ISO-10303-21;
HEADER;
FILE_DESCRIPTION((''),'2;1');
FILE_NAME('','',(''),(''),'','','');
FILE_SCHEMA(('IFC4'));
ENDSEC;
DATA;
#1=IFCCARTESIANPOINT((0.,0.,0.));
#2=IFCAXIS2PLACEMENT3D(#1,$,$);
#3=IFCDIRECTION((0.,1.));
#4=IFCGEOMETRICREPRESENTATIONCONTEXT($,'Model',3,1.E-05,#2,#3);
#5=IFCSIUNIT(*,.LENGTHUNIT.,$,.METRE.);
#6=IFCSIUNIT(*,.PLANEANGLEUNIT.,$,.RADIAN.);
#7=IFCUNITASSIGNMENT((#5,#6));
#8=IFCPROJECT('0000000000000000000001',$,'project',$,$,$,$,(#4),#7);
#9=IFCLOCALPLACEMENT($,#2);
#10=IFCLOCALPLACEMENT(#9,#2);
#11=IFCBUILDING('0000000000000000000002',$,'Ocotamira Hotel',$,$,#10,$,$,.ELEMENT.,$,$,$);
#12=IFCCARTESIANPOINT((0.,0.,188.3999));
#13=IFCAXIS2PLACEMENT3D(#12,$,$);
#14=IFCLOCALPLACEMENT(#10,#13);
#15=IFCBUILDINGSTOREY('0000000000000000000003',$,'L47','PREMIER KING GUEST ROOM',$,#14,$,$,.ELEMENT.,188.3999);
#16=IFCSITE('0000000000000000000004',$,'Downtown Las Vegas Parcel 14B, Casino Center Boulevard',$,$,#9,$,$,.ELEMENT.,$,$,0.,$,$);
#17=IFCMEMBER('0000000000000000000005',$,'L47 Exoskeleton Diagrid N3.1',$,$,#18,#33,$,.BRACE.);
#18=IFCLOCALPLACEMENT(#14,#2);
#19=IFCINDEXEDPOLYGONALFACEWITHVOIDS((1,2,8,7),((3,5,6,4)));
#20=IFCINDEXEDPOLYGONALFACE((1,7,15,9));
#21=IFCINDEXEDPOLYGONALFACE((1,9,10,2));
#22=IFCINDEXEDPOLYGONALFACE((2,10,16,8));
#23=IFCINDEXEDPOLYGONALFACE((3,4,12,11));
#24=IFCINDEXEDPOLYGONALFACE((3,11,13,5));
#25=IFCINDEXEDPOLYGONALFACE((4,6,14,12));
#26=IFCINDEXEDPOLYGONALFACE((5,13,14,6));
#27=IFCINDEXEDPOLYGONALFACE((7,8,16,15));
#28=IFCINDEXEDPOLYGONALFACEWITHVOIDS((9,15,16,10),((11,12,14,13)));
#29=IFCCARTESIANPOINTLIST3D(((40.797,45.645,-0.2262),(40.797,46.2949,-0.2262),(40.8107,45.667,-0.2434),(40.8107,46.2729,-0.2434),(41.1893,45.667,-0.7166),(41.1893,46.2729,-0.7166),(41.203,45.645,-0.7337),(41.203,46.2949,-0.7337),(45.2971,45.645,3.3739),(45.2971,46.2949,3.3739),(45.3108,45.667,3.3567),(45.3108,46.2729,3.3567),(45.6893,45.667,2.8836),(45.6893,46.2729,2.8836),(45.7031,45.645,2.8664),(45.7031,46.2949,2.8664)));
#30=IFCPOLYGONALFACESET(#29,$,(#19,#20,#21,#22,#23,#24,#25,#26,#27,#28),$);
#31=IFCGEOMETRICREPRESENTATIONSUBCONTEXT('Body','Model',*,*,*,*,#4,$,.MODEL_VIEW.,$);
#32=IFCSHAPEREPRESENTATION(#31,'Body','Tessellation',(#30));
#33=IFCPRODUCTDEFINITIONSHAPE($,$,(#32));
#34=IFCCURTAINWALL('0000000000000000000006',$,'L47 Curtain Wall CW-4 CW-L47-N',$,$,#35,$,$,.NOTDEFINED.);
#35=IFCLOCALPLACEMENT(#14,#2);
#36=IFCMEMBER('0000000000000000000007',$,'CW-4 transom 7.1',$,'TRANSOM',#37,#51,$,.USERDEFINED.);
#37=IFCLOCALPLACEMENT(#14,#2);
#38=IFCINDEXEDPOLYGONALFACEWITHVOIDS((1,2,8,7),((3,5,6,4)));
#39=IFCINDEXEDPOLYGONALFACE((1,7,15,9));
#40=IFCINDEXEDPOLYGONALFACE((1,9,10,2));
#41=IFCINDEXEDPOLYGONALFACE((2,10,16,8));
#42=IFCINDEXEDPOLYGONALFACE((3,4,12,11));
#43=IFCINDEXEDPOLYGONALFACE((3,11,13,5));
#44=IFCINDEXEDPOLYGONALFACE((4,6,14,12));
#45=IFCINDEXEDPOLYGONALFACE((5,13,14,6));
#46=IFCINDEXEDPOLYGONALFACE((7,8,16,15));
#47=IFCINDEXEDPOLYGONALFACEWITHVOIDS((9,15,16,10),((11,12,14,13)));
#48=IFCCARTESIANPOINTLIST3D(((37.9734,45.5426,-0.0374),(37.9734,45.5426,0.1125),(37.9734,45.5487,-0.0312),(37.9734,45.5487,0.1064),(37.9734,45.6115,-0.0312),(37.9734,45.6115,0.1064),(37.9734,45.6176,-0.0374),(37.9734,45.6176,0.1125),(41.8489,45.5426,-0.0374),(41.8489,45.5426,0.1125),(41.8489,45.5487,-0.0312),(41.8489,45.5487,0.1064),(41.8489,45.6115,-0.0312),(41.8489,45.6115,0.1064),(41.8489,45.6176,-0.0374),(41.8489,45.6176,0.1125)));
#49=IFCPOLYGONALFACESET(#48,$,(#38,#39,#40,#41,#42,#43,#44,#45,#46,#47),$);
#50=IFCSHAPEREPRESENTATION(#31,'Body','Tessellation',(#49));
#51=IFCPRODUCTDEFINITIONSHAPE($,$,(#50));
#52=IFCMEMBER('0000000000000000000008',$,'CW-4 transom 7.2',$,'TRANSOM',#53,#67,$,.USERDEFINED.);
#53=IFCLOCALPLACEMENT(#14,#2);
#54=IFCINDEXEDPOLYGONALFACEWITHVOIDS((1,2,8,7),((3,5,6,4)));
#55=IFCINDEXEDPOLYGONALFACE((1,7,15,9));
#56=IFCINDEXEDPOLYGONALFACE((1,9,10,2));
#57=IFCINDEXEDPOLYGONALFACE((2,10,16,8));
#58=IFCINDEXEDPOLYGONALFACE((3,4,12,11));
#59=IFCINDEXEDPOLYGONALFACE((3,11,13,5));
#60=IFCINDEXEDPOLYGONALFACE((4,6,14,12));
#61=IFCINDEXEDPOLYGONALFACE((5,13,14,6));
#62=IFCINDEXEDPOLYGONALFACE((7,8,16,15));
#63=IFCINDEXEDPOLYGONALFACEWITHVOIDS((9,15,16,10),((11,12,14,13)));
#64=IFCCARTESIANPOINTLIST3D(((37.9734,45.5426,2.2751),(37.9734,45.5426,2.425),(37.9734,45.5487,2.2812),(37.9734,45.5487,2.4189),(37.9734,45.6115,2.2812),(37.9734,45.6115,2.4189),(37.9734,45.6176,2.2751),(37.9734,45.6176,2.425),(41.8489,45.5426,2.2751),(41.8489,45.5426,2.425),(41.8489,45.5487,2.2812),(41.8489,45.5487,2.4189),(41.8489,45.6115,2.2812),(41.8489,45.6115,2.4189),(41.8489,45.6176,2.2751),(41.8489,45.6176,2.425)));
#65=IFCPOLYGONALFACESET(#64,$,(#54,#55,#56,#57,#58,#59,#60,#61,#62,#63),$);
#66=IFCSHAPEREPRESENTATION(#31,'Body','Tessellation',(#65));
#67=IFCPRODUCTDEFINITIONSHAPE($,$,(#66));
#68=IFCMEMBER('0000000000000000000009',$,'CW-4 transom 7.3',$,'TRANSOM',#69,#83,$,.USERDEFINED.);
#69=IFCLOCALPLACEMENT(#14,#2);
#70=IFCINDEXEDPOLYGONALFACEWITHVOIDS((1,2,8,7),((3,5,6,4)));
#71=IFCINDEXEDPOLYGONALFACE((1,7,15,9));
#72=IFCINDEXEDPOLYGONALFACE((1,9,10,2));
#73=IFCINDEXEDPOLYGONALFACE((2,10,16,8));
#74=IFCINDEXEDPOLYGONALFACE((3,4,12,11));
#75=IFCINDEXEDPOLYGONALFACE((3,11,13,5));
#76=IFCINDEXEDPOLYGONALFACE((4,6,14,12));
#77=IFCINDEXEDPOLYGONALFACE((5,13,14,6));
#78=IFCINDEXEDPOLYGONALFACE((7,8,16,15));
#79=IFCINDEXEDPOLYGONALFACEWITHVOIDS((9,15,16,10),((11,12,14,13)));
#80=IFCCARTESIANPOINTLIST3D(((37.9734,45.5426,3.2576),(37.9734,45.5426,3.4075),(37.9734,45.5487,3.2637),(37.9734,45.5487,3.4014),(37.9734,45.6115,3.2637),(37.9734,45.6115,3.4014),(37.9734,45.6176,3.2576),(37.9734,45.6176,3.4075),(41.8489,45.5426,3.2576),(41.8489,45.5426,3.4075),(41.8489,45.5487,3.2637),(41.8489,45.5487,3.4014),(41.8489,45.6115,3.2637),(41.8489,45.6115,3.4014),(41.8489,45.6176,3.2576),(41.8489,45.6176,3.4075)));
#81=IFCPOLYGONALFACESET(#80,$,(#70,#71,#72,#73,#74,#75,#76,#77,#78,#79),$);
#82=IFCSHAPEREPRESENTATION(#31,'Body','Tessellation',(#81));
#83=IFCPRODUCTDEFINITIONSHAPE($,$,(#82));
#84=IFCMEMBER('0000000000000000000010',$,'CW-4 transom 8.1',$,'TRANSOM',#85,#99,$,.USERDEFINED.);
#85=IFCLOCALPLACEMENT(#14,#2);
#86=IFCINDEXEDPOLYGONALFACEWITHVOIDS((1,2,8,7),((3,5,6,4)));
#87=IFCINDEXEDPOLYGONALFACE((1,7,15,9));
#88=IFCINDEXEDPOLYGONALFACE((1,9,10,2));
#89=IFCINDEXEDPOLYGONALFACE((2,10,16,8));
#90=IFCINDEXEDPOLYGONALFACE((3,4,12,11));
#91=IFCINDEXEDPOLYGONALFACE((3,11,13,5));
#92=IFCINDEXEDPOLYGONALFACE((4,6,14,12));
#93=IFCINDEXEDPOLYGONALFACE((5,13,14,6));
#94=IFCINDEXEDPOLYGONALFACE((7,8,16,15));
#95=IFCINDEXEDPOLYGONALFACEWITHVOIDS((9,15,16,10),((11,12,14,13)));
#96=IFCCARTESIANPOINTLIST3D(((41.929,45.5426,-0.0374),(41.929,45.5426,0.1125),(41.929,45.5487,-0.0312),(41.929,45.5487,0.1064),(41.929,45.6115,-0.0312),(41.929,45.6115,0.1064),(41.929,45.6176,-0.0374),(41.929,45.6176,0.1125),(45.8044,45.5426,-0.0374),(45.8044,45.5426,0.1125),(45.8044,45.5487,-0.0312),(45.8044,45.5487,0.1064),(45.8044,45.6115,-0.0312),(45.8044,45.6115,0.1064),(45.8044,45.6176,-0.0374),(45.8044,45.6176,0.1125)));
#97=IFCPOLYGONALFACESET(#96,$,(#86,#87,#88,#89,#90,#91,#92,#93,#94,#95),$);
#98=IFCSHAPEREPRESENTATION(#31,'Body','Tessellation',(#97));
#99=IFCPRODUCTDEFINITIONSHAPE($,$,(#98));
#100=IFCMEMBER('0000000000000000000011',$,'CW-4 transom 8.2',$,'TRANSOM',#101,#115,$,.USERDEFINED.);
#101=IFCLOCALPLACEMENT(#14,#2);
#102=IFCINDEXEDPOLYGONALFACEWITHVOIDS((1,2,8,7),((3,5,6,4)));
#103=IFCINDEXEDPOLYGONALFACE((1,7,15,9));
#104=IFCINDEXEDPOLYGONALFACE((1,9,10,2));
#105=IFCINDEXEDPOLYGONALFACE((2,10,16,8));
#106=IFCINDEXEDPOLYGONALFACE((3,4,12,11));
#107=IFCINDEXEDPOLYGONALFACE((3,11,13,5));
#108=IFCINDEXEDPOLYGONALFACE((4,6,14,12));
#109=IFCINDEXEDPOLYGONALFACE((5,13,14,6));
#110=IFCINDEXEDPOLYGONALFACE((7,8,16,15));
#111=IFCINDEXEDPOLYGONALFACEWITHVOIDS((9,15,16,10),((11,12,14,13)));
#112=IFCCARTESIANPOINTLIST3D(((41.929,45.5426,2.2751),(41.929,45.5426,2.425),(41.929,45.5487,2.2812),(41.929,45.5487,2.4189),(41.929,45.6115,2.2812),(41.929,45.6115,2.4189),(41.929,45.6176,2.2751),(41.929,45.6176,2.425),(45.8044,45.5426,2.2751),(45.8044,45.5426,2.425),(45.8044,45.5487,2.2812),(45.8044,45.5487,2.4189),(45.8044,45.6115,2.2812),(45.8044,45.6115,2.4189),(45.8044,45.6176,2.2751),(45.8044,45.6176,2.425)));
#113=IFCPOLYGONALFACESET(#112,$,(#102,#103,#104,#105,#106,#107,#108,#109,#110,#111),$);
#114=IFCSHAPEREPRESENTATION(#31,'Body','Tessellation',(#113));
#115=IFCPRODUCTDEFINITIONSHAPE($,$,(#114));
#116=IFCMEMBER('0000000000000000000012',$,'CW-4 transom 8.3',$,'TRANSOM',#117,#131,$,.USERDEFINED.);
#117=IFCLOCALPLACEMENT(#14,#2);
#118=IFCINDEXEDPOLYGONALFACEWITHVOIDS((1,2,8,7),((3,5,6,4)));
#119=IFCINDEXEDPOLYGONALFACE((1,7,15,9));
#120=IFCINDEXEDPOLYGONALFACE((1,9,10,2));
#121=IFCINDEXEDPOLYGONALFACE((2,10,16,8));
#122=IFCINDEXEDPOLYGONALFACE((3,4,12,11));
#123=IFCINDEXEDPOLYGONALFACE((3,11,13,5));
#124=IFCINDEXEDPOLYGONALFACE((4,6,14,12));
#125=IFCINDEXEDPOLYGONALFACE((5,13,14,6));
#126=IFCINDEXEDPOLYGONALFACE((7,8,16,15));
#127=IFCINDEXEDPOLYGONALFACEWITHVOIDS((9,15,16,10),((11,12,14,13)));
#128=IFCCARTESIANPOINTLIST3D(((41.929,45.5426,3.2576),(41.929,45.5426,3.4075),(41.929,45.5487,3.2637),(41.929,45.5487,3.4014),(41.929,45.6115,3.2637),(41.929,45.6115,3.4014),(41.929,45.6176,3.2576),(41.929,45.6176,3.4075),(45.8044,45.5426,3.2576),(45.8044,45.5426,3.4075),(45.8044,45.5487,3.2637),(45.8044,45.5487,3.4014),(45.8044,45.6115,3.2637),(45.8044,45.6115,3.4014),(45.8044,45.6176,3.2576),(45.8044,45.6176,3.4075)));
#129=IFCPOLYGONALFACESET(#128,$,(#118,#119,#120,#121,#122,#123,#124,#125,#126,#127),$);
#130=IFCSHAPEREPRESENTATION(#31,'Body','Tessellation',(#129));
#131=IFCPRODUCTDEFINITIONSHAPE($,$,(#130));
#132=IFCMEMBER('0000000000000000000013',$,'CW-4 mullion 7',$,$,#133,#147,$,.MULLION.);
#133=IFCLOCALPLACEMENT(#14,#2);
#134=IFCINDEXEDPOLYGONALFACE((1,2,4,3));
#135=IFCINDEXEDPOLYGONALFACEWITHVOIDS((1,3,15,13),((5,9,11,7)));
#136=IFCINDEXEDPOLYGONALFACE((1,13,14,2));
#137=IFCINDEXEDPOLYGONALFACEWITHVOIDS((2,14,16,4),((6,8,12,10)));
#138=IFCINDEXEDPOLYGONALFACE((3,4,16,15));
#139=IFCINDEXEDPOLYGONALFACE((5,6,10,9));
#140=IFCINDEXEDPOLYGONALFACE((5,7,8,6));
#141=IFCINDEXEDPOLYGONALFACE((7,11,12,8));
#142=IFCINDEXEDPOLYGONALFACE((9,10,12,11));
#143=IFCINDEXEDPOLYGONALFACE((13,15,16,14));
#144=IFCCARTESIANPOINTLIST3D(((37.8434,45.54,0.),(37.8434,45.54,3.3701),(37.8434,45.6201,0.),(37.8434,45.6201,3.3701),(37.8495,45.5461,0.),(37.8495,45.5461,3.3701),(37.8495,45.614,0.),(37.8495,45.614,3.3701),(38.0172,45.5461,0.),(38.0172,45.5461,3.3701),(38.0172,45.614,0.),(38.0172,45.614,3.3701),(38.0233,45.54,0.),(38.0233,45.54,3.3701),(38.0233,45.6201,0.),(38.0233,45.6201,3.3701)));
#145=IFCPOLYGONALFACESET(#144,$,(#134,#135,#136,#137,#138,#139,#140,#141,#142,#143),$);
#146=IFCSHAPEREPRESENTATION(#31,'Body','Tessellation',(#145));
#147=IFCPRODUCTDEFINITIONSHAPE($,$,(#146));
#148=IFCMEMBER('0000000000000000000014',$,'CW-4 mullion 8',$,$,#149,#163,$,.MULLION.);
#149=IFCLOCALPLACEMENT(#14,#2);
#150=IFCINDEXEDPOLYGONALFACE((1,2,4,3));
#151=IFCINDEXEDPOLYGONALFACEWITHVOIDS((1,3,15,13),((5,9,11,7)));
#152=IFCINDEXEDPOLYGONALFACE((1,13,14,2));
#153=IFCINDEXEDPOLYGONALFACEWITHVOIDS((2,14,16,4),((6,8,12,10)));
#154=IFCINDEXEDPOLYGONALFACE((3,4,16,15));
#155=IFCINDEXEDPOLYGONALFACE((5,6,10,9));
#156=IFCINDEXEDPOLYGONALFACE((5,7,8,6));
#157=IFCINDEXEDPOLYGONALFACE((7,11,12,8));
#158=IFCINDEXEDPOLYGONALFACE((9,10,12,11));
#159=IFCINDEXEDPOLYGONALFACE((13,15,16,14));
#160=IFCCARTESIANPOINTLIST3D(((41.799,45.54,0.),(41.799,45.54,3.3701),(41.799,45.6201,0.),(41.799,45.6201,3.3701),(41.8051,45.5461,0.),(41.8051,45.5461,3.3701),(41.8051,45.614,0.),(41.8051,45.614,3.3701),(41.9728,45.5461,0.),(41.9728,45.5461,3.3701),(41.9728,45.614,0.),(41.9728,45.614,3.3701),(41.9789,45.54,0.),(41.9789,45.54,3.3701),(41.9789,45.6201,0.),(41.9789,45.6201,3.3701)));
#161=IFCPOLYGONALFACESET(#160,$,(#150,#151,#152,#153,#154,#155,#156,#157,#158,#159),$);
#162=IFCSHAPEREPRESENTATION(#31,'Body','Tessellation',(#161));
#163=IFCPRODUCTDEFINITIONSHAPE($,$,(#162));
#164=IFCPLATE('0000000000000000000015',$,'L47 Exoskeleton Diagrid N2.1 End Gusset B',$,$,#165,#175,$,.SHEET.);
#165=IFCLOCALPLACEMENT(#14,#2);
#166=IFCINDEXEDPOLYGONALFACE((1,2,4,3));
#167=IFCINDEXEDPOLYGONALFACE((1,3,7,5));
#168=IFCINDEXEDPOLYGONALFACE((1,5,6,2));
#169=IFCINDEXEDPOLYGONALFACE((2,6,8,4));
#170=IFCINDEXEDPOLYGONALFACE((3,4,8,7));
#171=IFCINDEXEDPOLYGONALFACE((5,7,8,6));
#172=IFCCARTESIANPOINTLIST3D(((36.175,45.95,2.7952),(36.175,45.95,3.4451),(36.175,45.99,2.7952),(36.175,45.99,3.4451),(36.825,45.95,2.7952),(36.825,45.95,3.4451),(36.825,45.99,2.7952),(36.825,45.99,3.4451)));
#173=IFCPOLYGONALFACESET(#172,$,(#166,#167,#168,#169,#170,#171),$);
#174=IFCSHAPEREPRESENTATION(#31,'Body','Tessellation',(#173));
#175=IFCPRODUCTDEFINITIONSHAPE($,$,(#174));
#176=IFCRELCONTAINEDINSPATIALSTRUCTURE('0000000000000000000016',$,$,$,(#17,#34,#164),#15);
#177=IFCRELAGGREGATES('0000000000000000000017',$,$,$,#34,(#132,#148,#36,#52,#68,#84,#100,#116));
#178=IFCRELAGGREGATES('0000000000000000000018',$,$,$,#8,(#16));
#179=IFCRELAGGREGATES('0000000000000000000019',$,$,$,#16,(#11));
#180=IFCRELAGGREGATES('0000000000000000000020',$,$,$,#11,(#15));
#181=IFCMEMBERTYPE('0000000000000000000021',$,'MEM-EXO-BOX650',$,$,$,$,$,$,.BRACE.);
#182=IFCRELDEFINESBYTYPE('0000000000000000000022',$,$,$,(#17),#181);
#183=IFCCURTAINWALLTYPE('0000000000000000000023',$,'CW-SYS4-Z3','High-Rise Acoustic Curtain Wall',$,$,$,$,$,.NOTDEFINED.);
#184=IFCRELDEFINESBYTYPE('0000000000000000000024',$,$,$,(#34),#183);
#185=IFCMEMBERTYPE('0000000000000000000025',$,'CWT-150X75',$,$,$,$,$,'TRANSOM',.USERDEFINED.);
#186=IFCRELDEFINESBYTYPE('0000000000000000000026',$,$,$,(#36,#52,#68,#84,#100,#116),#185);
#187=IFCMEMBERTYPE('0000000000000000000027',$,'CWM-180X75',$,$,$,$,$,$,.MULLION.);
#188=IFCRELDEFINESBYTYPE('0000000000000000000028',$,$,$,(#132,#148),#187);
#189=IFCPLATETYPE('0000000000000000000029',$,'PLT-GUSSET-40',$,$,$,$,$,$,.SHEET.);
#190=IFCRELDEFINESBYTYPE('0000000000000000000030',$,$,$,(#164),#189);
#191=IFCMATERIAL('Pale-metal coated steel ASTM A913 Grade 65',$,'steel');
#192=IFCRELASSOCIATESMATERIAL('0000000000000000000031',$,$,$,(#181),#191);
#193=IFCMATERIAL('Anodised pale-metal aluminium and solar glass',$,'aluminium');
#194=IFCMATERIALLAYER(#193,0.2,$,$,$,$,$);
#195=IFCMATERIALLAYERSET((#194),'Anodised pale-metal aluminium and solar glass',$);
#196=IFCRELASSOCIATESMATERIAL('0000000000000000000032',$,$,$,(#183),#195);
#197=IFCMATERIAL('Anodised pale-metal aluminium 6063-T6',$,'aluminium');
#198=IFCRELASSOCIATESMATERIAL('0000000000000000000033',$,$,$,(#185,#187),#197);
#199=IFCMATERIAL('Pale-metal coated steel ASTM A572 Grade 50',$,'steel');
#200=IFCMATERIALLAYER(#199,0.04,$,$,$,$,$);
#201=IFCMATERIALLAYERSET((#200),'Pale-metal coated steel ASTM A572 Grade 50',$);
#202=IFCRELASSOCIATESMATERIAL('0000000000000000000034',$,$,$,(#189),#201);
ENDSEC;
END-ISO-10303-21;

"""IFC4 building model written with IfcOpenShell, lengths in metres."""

from ifc_helpers import new_model, si_unit, direction, frame, origin, origin_2d, place, context, subcontext, project, spatial, rectangle, hollow_rectangle, extrude, source, transform, mapped, material, layer, layer_set, material_profile, profile_set, type_object, element, aggregate, save


model = new_model("IFC4")

# Units and contexts
model_context = context("Model", 3, precision=1e-05, world=origin(), true_north=direction((0.0, 1.0)))
body_context = subcontext(model_context, "Body", "Model", "MODEL_VIEW")
ifc_project = project(units=[si_unit("LENGTHUNIT", "METRE"), si_unit("PLANEANGLEUNIT", "RADIAN")], contexts=[model_context])

# Site, building, storey
site_placement = place(None, origin())
site = spatial("IfcSite", under=ifc_project, at=site_placement, Name="Downtown Las Vegas Parcel 14B, Casino Center Boulevard", CompositionType="ELEMENT", RefElevation=0.0)
building_placement = place(site_placement, origin())
building = spatial("IfcBuilding", under=site, at=building_placement, Name="Ocotamira Hotel", CompositionType="ELEMENT")
storey_placement = place(building_placement, frame((0.0, 0.0, 188.3999)))
storey = spatial("IfcBuildingStorey", under=building, at=storey_placement, Name="L47", Description="PREMIER KING GUEST ROOM", CompositionType="ELEMENT", Elevation=188.3999)

# Member
ifc_material_1 = material(Name="Pale-metal coated steel ASTM A913 Grade 65", Category="steel")
ifc_material_profile_1 = material_profile(ifc_material_1, hollow_rectangle(XDim=0.6499, YDim=0.6499, WallThickness=0.022, at=origin_2d()), Name="BOX650X650X22")
ifc_profile_set_1 = profile_set([ifc_material_profile_1], Name="Pale-metal coated steel ASTM A913 Grade 65")
member_type_1 = type_object("IfcMemberType", Name="MEM-EXO-BOX650", PredefinedType="BRACE", material=ifc_profile_set_1)
shared_shape_1 = source(origin(), body_context, "Body", "SweptSolid", [
    extrude(hollow_rectangle(XDim=0.6499, YDim=0.6499, WallThickness=0.022, at=origin_2d()), origin(), (0.0, 0.0, 1.0), 5.7629),
])
for number, where, z_axis, x_axis, name in (
    (1, (41.0, 45.97, -0.48), (0.780861, 0.0, 0.624705), (0.0, 1.0, 0.0), "L47 Exoskeleton Diagrid N3.1"),
):
    element("IfcMember", number, at=place(storey_placement, frame(where, z_axis=z_axis, x_axis=x_axis)), inside=storey, type_object=member_type_1, Name=name, PredefinedType="BRACE", context=body_context, shape_type="MappedRepresentation", body=[
        mapped(shared_shape_1, transform((0.0, 0.0, 0.0), scale=1.0)),
    ])

# Curtain wall, members
ifc_material_2 = material(Name="Anodised pale-metal aluminium and solar glass", Category="aluminium")
ifc_layer_1 = layer(ifc_material_2, 0.2)
ifc_layer_set_1 = layer_set([ifc_layer_1], Name="Anodised pale-metal aluminium and solar glass")
curtain_wall_type = type_object("IfcCurtainWallType", Name="CW-SYS4-Z3", Description="High-Rise Acoustic Curtain Wall", PredefinedType="NOTDEFINED", material=ifc_layer_set_1)
curtain_wall_placement = place(storey_placement, origin())
curtain_wall = element("IfcCurtainWall", 2, at=curtain_wall_placement, inside=storey, type_object=curtain_wall_type, Name="L47 Curtain Wall CW-4 CW-L47-N", PredefinedType="NOTDEFINED")
ifc_material_3 = material(Name="Anodised pale-metal aluminium 6063-T6", Category="aluminium")
ifc_material_profile_2 = material_profile(ifc_material_3, hollow_rectangle(XDim=0.075, YDim=0.1499, WallThickness=0.0061, at=origin_2d()), Name="HSS150X75X6")
ifc_profile_set_2 = profile_set([ifc_material_profile_2], Name="Anodised pale-metal aluminium 6063-T6")
member_type_2 = type_object("IfcMemberType", Name="CWT-150X75", ElementType="TRANSOM", PredefinedType="USERDEFINED", material=ifc_profile_set_2)
shared_shape_2 = source(origin(), body_context, "Body", "SweptSolid", [
    extrude(hollow_rectangle(XDim=0.075, YDim=0.1499, WallThickness=0.0061, at=origin_2d()), origin(), (0.0, 0.0, 1.0), 3.8755),
])
member_1_placement = place(storey_placement, frame((37.9734, 45.5801, 0.0376), z_axis=(1.0, 0.0, 0.0), x_axis=(0.0, 1.0, 0.0)))
member_1 = element("IfcMember", 3, at=member_1_placement, type_object=member_type_2, Name="CW-4 transom 7.1", ObjectType="TRANSOM", PredefinedType="USERDEFINED", context=body_context, shape_type="MappedRepresentation", body=[
    mapped(shared_shape_2, transform((0.0, 0.0, 0.0), scale=1.0)),
])
member_2_placement = place(storey_placement, frame((37.9734, 45.5801, 2.3501), z_axis=(1.0, 0.0, 0.0), x_axis=(0.0, 1.0, 0.0)))
member_2 = element("IfcMember", 4, at=member_2_placement, type_object=member_type_2, Name="CW-4 transom 7.2", ObjectType="TRANSOM", PredefinedType="USERDEFINED", context=body_context, shape_type="MappedRepresentation", body=[
    mapped(shared_shape_2, transform((0.0, 0.0, 0.0), scale=1.0)),
])
member_3_placement = place(storey_placement, frame((37.9734, 45.5801, 3.3325), z_axis=(1.0, 0.0, 0.0), x_axis=(0.0, 1.0, 0.0)))
member_3 = element("IfcMember", 5, at=member_3_placement, type_object=member_type_2, Name="CW-4 transom 7.3", ObjectType="TRANSOM", PredefinedType="USERDEFINED", context=body_context, shape_type="MappedRepresentation", body=[
    mapped(shared_shape_2, transform((0.0, 0.0, 0.0), scale=1.0)),
])
member_4_placement = place(storey_placement, frame((41.929, 45.5801, 0.0376), z_axis=(1.0, 0.0, 0.0), x_axis=(0.0, 1.0, 0.0)))
member_4 = element("IfcMember", 6, at=member_4_placement, type_object=member_type_2, Name="CW-4 transom 8.1", ObjectType="TRANSOM", PredefinedType="USERDEFINED", context=body_context, shape_type="MappedRepresentation", body=[
    mapped(shared_shape_2, transform((0.0, 0.0, 0.0), scale=1.0)),
])
member_5_placement = place(storey_placement, frame((41.929, 45.5801, 2.3501), z_axis=(1.0, 0.0, 0.0), x_axis=(0.0, 1.0, 0.0)))
member_5 = element("IfcMember", 7, at=member_5_placement, type_object=member_type_2, Name="CW-4 transom 8.2", ObjectType="TRANSOM", PredefinedType="USERDEFINED", context=body_context, shape_type="MappedRepresentation", body=[
    mapped(shared_shape_2, transform((0.0, 0.0, 0.0), scale=1.0)),
])
member_6_placement = place(storey_placement, frame((41.929, 45.5801, 3.3325), z_axis=(1.0, 0.0, 0.0), x_axis=(0.0, 1.0, 0.0)))
member_6 = element("IfcMember", 8, at=member_6_placement, type_object=member_type_2, Name="CW-4 transom 8.3", ObjectType="TRANSOM", PredefinedType="USERDEFINED", context=body_context, shape_type="MappedRepresentation", body=[
    mapped(shared_shape_2, transform((0.0, 0.0, 0.0), scale=1.0)),
])
ifc_material_profile_3 = material_profile(ifc_material_3, hollow_rectangle(XDim=0.0801, YDim=0.1799, WallThickness=0.0061, at=origin_2d()), Name="HSS180X80X6")
ifc_profile_set_3 = profile_set([ifc_material_profile_3], Name="Anodised pale-metal aluminium 6063-T6")
member_type_3 = type_object("IfcMemberType", Name="CWM-180X75", PredefinedType="MULLION", material=ifc_profile_set_3)
shared_shape_3 = source(origin(), body_context, "Body", "SweptSolid", [
    extrude(hollow_rectangle(XDim=0.0801, YDim=0.1799, WallThickness=0.0061, at=origin_2d()), origin(), (0.0, 0.0, 1.0), 3.3701),
])
member_7_placement = place(storey_placement, frame((37.9333, 45.5801, 0.0), z_axis=(0.0, 0.0, 1.0), x_axis=(0.0, 1.0, 0.0)))
member_7 = element("IfcMember", 9, at=member_7_placement, type_object=member_type_3, Name="CW-4 mullion 7", PredefinedType="MULLION", context=body_context, shape_type="MappedRepresentation", body=[
    mapped(shared_shape_3, transform((0.0, 0.0, 0.0), scale=1.0)),
])
member_8_placement = place(storey_placement, frame((41.8889, 45.5801, 0.0), z_axis=(0.0, 0.0, 1.0), x_axis=(0.0, 1.0, 0.0)))
member_8 = element("IfcMember", 10, at=member_8_placement, type_object=member_type_3, Name="CW-4 mullion 8", PredefinedType="MULLION", context=body_context, shape_type="MappedRepresentation", body=[
    mapped(shared_shape_3, transform((0.0, 0.0, 0.0), scale=1.0)),
])

# Plate
ifc_material_4 = material(Name="Pale-metal coated steel ASTM A572 Grade 50", Category="steel")
ifc_layer_2 = layer(ifc_material_4, 0.04)
ifc_layer_set_2 = layer_set([ifc_layer_2], Name="Pale-metal coated steel ASTM A572 Grade 50")
plate_type_1 = type_object("IfcPlateType", Name="PLT-GUSSET-40", PredefinedType="SHEET", material=ifc_layer_set_2)
shared_shape_4 = source(origin(), body_context, "Body", "SweptSolid", [
    extrude(rectangle(XDim=0.6499, YDim=0.04, at=origin_2d()), origin(), (0.0, 0.0, 1.0), 0.6499),
])
plate_1_placement = place(storey_placement, frame((36.5, 45.97, 2.7952), z_axis=(0.0, 0.0, 1.0), x_axis=(1.0, 0.0, 0.0)))
element("IfcPlate", 11, at=plate_1_placement, inside=storey, type_object=plate_type_1, Name="L47 Exoskeleton Diagrid N2.1 End Gusset B", PredefinedType="SHEET", context=body_context, shape_type="MappedRepresentation", body=[
    mapped(shared_shape_4, transform((0.0, 0.0, 0.0), scale=1.0)),
])
aggregate(curtain_wall, [member_7, member_8, member_1, member_2, member_3, member_4, member_5, member_6])

save(model, "model.ifc")
